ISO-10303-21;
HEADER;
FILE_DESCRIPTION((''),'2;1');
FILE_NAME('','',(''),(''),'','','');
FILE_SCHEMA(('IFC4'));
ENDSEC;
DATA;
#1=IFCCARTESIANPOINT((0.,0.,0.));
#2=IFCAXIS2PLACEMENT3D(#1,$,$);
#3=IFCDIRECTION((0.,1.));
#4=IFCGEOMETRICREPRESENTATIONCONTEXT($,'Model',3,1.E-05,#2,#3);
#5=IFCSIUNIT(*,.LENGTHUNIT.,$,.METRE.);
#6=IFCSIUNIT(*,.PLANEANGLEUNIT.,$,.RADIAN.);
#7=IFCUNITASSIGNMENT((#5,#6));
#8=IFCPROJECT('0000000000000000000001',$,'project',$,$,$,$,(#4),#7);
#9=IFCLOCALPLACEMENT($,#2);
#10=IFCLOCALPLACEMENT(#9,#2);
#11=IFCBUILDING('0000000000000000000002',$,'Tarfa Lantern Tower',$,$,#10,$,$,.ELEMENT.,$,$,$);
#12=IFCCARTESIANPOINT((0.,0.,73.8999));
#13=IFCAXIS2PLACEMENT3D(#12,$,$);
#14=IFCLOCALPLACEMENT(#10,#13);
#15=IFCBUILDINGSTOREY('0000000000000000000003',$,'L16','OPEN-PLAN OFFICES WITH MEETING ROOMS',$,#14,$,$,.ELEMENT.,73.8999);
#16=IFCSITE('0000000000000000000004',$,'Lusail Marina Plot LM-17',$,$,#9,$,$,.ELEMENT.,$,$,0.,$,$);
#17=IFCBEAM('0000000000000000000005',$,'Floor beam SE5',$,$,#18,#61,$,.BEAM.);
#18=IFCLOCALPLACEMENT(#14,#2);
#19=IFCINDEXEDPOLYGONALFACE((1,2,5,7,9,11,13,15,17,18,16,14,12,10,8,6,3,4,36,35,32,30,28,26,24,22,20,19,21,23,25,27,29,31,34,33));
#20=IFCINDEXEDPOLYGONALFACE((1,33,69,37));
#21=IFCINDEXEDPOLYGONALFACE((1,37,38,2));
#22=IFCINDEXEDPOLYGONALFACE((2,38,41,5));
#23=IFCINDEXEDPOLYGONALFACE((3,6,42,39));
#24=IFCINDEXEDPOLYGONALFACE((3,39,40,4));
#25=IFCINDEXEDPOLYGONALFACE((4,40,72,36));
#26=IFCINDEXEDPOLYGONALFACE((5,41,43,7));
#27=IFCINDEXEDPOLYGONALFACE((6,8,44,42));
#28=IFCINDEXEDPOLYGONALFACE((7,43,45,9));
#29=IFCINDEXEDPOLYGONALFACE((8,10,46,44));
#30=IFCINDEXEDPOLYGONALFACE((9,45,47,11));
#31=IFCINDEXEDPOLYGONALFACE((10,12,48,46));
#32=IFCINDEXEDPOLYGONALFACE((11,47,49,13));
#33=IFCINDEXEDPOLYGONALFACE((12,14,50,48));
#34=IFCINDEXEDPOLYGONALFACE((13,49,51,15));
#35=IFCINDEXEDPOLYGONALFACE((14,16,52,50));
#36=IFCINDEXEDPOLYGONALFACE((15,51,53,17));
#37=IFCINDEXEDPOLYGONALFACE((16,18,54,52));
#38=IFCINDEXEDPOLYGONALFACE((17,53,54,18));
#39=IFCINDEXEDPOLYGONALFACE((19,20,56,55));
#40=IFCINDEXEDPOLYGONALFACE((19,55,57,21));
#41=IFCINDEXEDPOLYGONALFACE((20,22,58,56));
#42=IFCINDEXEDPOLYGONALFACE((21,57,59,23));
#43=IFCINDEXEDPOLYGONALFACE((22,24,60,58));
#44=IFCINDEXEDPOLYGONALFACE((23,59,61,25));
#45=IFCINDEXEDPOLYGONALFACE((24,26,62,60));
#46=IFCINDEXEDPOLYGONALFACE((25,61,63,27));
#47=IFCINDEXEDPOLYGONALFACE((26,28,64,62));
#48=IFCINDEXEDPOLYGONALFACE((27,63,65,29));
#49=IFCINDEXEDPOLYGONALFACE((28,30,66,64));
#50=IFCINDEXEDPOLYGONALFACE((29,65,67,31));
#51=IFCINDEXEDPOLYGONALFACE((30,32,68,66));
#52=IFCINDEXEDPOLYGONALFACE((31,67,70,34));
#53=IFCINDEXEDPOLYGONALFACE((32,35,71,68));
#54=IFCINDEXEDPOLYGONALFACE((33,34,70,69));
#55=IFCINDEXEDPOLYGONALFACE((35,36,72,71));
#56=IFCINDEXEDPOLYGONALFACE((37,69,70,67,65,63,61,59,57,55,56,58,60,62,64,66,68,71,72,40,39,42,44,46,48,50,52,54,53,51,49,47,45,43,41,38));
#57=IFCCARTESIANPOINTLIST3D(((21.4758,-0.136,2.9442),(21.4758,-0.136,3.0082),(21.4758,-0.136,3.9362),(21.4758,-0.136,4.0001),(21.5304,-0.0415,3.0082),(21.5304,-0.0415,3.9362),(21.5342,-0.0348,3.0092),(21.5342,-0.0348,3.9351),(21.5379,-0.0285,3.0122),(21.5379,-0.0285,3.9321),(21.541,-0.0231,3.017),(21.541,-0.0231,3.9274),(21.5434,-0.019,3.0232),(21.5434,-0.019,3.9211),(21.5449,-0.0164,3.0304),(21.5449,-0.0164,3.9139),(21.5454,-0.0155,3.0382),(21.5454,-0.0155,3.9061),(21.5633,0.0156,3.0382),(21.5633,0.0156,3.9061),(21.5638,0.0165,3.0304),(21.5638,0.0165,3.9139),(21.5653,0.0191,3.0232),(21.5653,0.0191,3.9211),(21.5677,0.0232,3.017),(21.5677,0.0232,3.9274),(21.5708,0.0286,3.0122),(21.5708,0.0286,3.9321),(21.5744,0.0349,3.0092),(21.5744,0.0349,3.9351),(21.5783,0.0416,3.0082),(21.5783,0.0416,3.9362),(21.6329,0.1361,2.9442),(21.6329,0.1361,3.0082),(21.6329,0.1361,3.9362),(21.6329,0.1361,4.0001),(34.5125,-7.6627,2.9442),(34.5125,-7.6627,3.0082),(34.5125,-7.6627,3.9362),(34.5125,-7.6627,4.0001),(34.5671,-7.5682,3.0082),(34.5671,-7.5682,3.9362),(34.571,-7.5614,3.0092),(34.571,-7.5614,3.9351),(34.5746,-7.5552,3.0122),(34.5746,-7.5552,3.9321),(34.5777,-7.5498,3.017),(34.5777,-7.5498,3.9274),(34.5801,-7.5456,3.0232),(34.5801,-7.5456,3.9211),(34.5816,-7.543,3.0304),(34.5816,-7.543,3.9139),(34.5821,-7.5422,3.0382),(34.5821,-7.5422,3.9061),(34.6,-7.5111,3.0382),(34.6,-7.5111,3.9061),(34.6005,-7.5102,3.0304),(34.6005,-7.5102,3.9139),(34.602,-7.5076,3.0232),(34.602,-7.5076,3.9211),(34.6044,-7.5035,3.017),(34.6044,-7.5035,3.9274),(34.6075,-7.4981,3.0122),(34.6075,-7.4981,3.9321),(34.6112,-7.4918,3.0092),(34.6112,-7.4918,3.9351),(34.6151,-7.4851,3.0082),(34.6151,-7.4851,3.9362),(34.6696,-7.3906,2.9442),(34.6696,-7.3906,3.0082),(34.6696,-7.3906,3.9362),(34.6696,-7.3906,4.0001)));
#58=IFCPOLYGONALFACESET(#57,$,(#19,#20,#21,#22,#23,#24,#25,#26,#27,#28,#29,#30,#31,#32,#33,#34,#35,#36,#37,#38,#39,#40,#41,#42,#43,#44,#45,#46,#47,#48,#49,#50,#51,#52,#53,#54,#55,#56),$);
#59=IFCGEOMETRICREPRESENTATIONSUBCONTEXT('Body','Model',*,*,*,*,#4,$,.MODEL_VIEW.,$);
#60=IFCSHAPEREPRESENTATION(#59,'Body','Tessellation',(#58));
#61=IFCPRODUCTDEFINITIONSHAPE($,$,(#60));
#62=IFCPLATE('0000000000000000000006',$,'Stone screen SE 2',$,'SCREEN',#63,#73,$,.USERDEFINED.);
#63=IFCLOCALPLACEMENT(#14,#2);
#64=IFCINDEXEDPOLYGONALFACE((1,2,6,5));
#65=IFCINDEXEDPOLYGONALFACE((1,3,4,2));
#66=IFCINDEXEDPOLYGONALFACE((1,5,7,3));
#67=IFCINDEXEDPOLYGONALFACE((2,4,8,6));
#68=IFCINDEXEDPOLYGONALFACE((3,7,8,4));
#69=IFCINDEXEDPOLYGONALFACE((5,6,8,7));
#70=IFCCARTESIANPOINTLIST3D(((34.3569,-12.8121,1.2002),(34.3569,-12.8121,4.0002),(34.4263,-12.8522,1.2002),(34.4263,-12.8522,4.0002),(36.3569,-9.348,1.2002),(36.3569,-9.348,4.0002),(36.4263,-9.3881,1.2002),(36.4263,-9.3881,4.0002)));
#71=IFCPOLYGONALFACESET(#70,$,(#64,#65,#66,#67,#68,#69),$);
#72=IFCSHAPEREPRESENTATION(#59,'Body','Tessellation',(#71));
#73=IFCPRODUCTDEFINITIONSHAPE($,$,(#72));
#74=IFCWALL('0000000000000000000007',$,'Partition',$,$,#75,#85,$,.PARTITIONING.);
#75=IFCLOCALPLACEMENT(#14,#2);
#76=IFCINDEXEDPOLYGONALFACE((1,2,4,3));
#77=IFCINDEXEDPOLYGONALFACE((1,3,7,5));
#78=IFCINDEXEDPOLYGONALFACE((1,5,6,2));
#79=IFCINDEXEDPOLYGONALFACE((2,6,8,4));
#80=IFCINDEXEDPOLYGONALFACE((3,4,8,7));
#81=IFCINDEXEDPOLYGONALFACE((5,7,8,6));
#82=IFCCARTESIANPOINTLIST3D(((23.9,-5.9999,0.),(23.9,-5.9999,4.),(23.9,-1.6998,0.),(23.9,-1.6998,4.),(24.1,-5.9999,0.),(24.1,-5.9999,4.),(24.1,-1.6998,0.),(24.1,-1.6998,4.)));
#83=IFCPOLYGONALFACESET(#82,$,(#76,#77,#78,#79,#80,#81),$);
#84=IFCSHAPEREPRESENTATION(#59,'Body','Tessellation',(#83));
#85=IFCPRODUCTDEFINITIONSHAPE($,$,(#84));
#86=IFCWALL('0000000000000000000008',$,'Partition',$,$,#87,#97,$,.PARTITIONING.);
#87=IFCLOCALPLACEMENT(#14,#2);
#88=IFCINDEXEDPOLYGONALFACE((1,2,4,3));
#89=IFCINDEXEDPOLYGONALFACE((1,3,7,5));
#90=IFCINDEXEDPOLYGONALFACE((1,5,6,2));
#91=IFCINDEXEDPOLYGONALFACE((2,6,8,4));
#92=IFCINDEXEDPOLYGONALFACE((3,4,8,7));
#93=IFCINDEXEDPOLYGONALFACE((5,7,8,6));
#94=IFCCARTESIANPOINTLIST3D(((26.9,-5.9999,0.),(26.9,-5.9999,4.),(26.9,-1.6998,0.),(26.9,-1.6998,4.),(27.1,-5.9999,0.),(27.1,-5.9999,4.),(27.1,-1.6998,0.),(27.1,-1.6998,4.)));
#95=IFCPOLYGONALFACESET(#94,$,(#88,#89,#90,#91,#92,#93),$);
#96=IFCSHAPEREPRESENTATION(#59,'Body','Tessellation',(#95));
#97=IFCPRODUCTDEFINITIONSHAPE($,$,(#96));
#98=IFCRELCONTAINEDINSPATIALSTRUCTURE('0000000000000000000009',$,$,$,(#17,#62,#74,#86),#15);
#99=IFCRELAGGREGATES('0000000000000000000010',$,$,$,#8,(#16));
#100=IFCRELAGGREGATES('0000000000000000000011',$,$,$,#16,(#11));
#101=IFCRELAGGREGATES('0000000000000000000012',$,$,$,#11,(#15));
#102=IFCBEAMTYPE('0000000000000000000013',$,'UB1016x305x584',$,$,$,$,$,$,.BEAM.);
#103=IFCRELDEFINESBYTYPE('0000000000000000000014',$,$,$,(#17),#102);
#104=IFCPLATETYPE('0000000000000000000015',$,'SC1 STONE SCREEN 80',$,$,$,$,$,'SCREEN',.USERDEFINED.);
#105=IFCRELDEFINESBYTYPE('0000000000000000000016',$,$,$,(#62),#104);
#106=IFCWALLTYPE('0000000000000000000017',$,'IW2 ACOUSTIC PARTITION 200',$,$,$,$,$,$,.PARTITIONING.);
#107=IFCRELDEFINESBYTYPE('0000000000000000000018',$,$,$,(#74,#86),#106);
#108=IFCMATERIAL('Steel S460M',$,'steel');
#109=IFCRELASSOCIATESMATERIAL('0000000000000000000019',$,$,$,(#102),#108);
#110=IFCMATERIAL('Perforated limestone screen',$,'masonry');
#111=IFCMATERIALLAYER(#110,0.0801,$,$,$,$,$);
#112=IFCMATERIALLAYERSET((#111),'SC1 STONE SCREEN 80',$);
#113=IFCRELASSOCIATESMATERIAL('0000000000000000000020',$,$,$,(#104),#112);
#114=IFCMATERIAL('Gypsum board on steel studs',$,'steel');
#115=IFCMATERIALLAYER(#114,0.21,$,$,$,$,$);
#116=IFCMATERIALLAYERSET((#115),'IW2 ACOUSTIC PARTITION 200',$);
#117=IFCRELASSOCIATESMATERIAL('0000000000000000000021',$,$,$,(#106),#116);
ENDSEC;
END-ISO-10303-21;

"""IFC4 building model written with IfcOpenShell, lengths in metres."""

from ifc_helpers import new_model, si_unit, direction, frame, frame_2d, origin, origin_2d, place, context, subcontext, project, spatial, rectangle, i_section, extrude, material, layer, layer_set, material_profile, profile_set, type_object, element, save


model = new_model("IFC4")

# Units and contexts
model_context = context("Model", 3, precision=1e-05, world=origin(), true_north=direction((0.0, 1.0)))
body_context = subcontext(model_context, "Body", "Model", "MODEL_VIEW")
ifc_project = project(units=[si_unit("LENGTHUNIT", "METRE"), si_unit("PLANEANGLEUNIT", "RADIAN")], contexts=[model_context])

# Site, building, storey
site_placement = place(None, origin())
site = spatial("IfcSite", under=ifc_project, at=site_placement, Name="Lusail Marina Plot LM-17", CompositionType="ELEMENT", RefElevation=0.0)
building_placement = place(site_placement, origin())
building = spatial("IfcBuilding", under=site, at=building_placement, Name="Tarfa Lantern Tower", CompositionType="ELEMENT")
storey_placement = place(building_placement, frame((0.0, 0.0, 73.8999)))
storey = spatial("IfcBuildingStorey", under=building, at=storey_placement, Name="L16", Description="OPEN-PLAN OFFICES WITH MEETING ROOMS", CompositionType="ELEMENT", Elevation=73.8999)

# Beam
ifc_material_1 = material(Name="Steel S460M", Category="steel")
ifc_material_profile_1 = material_profile(ifc_material_1, i_section(OverallWidth=0.3142, OverallDepth=1.0559, WebThickness=0.0359, FlangeThickness=0.064, FilletRadius=0.03, at=origin_2d()), Name="UB1016x305x584")
ifc_profile_set_1 = profile_set([ifc_material_profile_1], Name="Steel S460M")
beam_type_1 = type_object("IfcBeamType", Name="UB1016x305x584", PredefinedType="BEAM", material=ifc_profile_set_1)
beam_1_placement = place(storey_placement, frame((34.5911, -7.5266, 3.4722), z_axis=(-0.866028, 0.499996, 0.0), x_axis=(-0.499996, -0.866028, 0.0)))
element("IfcBeam", 1, at=beam_1_placement, inside=storey, type_object=beam_type_1, Name="Floor beam SE5", PredefinedType="BEAM", context=body_context, shape_type="SweptSolid", body=[
    extrude(i_section(OverallWidth=0.3142, OverallDepth=1.0559, WebThickness=0.0359, FlangeThickness=0.064, FilletRadius=0.03, at=origin_2d()), origin(), (0.0, 0.0, 1.0), 15.0535),
])

# Plate
ifc_material_2 = material(Name="Perforated limestone screen", Category="masonry")
ifc_layer_1 = layer(ifc_material_2, 0.0801)
ifc_layer_set_1 = layer_set([ifc_layer_1], Name="SC1 STONE SCREEN 80")
plate_type = type_object("IfcPlateType", Name="SC1 STONE SCREEN 80", ElementType="SCREEN", PredefinedType="USERDEFINED", material=ifc_layer_set_1)
plate_placement = place(storey_placement, frame((35.3916, -11.1001, 1.2002), z_axis=(0.0, 0.0, 1.0), x_axis=(0.5, 0.866025, 0.0)))
element("IfcPlate", 2, at=plate_placement, inside=storey, type_object=plate_type, Name="Stone screen SE 2", ObjectType="SCREEN", PredefinedType="USERDEFINED", context=body_context, shape_type="SweptSolid", body=[
    extrude(rectangle(XDim=4.0, YDim=0.0801, at=origin_2d()), origin(), (0.0, 0.0, 1.0), 2.8),
])

# Walls
ifc_material_3 = material(Name="Gypsum board on steel studs", Category="steel")
ifc_layer_2 = layer(ifc_material_3, 0.21)
ifc_layer_set_2 = layer_set([ifc_layer_2], Name="IW2 ACOUSTIC PARTITION 200")
wall_type = type_object("IfcWallType", Name="IW2 ACOUSTIC PARTITION 200", PredefinedType="PARTITIONING", material=ifc_layer_set_2)
for number, where, z_axis, x_axis, name in (
    (3, (24.0, -1.7, 0.0), (0.0, 0.0, 1.0), (0.0, -1.0, 0.0), "Partition"),
    (4, (27.0, -1.7, 0.0), (0.0, 0.0, 1.0), (0.0, -1.0, 0.0), "Partition"),
):
    element("IfcWall", number, at=place(storey_placement, frame(where, z_axis=z_axis, x_axis=x_axis)), inside=storey, type_object=wall_type, Name=name, PredefinedType="PARTITIONING", context=body_context, shape_type="SweptSolid", body=[
        extrude(rectangle(XDim=4.3, YDim=0.2, at=frame_2d((2.1499, 0.0))), origin(), (0.0, 0.0, 1.0), 4.0),
    ])

save(model, "model.ifc")
